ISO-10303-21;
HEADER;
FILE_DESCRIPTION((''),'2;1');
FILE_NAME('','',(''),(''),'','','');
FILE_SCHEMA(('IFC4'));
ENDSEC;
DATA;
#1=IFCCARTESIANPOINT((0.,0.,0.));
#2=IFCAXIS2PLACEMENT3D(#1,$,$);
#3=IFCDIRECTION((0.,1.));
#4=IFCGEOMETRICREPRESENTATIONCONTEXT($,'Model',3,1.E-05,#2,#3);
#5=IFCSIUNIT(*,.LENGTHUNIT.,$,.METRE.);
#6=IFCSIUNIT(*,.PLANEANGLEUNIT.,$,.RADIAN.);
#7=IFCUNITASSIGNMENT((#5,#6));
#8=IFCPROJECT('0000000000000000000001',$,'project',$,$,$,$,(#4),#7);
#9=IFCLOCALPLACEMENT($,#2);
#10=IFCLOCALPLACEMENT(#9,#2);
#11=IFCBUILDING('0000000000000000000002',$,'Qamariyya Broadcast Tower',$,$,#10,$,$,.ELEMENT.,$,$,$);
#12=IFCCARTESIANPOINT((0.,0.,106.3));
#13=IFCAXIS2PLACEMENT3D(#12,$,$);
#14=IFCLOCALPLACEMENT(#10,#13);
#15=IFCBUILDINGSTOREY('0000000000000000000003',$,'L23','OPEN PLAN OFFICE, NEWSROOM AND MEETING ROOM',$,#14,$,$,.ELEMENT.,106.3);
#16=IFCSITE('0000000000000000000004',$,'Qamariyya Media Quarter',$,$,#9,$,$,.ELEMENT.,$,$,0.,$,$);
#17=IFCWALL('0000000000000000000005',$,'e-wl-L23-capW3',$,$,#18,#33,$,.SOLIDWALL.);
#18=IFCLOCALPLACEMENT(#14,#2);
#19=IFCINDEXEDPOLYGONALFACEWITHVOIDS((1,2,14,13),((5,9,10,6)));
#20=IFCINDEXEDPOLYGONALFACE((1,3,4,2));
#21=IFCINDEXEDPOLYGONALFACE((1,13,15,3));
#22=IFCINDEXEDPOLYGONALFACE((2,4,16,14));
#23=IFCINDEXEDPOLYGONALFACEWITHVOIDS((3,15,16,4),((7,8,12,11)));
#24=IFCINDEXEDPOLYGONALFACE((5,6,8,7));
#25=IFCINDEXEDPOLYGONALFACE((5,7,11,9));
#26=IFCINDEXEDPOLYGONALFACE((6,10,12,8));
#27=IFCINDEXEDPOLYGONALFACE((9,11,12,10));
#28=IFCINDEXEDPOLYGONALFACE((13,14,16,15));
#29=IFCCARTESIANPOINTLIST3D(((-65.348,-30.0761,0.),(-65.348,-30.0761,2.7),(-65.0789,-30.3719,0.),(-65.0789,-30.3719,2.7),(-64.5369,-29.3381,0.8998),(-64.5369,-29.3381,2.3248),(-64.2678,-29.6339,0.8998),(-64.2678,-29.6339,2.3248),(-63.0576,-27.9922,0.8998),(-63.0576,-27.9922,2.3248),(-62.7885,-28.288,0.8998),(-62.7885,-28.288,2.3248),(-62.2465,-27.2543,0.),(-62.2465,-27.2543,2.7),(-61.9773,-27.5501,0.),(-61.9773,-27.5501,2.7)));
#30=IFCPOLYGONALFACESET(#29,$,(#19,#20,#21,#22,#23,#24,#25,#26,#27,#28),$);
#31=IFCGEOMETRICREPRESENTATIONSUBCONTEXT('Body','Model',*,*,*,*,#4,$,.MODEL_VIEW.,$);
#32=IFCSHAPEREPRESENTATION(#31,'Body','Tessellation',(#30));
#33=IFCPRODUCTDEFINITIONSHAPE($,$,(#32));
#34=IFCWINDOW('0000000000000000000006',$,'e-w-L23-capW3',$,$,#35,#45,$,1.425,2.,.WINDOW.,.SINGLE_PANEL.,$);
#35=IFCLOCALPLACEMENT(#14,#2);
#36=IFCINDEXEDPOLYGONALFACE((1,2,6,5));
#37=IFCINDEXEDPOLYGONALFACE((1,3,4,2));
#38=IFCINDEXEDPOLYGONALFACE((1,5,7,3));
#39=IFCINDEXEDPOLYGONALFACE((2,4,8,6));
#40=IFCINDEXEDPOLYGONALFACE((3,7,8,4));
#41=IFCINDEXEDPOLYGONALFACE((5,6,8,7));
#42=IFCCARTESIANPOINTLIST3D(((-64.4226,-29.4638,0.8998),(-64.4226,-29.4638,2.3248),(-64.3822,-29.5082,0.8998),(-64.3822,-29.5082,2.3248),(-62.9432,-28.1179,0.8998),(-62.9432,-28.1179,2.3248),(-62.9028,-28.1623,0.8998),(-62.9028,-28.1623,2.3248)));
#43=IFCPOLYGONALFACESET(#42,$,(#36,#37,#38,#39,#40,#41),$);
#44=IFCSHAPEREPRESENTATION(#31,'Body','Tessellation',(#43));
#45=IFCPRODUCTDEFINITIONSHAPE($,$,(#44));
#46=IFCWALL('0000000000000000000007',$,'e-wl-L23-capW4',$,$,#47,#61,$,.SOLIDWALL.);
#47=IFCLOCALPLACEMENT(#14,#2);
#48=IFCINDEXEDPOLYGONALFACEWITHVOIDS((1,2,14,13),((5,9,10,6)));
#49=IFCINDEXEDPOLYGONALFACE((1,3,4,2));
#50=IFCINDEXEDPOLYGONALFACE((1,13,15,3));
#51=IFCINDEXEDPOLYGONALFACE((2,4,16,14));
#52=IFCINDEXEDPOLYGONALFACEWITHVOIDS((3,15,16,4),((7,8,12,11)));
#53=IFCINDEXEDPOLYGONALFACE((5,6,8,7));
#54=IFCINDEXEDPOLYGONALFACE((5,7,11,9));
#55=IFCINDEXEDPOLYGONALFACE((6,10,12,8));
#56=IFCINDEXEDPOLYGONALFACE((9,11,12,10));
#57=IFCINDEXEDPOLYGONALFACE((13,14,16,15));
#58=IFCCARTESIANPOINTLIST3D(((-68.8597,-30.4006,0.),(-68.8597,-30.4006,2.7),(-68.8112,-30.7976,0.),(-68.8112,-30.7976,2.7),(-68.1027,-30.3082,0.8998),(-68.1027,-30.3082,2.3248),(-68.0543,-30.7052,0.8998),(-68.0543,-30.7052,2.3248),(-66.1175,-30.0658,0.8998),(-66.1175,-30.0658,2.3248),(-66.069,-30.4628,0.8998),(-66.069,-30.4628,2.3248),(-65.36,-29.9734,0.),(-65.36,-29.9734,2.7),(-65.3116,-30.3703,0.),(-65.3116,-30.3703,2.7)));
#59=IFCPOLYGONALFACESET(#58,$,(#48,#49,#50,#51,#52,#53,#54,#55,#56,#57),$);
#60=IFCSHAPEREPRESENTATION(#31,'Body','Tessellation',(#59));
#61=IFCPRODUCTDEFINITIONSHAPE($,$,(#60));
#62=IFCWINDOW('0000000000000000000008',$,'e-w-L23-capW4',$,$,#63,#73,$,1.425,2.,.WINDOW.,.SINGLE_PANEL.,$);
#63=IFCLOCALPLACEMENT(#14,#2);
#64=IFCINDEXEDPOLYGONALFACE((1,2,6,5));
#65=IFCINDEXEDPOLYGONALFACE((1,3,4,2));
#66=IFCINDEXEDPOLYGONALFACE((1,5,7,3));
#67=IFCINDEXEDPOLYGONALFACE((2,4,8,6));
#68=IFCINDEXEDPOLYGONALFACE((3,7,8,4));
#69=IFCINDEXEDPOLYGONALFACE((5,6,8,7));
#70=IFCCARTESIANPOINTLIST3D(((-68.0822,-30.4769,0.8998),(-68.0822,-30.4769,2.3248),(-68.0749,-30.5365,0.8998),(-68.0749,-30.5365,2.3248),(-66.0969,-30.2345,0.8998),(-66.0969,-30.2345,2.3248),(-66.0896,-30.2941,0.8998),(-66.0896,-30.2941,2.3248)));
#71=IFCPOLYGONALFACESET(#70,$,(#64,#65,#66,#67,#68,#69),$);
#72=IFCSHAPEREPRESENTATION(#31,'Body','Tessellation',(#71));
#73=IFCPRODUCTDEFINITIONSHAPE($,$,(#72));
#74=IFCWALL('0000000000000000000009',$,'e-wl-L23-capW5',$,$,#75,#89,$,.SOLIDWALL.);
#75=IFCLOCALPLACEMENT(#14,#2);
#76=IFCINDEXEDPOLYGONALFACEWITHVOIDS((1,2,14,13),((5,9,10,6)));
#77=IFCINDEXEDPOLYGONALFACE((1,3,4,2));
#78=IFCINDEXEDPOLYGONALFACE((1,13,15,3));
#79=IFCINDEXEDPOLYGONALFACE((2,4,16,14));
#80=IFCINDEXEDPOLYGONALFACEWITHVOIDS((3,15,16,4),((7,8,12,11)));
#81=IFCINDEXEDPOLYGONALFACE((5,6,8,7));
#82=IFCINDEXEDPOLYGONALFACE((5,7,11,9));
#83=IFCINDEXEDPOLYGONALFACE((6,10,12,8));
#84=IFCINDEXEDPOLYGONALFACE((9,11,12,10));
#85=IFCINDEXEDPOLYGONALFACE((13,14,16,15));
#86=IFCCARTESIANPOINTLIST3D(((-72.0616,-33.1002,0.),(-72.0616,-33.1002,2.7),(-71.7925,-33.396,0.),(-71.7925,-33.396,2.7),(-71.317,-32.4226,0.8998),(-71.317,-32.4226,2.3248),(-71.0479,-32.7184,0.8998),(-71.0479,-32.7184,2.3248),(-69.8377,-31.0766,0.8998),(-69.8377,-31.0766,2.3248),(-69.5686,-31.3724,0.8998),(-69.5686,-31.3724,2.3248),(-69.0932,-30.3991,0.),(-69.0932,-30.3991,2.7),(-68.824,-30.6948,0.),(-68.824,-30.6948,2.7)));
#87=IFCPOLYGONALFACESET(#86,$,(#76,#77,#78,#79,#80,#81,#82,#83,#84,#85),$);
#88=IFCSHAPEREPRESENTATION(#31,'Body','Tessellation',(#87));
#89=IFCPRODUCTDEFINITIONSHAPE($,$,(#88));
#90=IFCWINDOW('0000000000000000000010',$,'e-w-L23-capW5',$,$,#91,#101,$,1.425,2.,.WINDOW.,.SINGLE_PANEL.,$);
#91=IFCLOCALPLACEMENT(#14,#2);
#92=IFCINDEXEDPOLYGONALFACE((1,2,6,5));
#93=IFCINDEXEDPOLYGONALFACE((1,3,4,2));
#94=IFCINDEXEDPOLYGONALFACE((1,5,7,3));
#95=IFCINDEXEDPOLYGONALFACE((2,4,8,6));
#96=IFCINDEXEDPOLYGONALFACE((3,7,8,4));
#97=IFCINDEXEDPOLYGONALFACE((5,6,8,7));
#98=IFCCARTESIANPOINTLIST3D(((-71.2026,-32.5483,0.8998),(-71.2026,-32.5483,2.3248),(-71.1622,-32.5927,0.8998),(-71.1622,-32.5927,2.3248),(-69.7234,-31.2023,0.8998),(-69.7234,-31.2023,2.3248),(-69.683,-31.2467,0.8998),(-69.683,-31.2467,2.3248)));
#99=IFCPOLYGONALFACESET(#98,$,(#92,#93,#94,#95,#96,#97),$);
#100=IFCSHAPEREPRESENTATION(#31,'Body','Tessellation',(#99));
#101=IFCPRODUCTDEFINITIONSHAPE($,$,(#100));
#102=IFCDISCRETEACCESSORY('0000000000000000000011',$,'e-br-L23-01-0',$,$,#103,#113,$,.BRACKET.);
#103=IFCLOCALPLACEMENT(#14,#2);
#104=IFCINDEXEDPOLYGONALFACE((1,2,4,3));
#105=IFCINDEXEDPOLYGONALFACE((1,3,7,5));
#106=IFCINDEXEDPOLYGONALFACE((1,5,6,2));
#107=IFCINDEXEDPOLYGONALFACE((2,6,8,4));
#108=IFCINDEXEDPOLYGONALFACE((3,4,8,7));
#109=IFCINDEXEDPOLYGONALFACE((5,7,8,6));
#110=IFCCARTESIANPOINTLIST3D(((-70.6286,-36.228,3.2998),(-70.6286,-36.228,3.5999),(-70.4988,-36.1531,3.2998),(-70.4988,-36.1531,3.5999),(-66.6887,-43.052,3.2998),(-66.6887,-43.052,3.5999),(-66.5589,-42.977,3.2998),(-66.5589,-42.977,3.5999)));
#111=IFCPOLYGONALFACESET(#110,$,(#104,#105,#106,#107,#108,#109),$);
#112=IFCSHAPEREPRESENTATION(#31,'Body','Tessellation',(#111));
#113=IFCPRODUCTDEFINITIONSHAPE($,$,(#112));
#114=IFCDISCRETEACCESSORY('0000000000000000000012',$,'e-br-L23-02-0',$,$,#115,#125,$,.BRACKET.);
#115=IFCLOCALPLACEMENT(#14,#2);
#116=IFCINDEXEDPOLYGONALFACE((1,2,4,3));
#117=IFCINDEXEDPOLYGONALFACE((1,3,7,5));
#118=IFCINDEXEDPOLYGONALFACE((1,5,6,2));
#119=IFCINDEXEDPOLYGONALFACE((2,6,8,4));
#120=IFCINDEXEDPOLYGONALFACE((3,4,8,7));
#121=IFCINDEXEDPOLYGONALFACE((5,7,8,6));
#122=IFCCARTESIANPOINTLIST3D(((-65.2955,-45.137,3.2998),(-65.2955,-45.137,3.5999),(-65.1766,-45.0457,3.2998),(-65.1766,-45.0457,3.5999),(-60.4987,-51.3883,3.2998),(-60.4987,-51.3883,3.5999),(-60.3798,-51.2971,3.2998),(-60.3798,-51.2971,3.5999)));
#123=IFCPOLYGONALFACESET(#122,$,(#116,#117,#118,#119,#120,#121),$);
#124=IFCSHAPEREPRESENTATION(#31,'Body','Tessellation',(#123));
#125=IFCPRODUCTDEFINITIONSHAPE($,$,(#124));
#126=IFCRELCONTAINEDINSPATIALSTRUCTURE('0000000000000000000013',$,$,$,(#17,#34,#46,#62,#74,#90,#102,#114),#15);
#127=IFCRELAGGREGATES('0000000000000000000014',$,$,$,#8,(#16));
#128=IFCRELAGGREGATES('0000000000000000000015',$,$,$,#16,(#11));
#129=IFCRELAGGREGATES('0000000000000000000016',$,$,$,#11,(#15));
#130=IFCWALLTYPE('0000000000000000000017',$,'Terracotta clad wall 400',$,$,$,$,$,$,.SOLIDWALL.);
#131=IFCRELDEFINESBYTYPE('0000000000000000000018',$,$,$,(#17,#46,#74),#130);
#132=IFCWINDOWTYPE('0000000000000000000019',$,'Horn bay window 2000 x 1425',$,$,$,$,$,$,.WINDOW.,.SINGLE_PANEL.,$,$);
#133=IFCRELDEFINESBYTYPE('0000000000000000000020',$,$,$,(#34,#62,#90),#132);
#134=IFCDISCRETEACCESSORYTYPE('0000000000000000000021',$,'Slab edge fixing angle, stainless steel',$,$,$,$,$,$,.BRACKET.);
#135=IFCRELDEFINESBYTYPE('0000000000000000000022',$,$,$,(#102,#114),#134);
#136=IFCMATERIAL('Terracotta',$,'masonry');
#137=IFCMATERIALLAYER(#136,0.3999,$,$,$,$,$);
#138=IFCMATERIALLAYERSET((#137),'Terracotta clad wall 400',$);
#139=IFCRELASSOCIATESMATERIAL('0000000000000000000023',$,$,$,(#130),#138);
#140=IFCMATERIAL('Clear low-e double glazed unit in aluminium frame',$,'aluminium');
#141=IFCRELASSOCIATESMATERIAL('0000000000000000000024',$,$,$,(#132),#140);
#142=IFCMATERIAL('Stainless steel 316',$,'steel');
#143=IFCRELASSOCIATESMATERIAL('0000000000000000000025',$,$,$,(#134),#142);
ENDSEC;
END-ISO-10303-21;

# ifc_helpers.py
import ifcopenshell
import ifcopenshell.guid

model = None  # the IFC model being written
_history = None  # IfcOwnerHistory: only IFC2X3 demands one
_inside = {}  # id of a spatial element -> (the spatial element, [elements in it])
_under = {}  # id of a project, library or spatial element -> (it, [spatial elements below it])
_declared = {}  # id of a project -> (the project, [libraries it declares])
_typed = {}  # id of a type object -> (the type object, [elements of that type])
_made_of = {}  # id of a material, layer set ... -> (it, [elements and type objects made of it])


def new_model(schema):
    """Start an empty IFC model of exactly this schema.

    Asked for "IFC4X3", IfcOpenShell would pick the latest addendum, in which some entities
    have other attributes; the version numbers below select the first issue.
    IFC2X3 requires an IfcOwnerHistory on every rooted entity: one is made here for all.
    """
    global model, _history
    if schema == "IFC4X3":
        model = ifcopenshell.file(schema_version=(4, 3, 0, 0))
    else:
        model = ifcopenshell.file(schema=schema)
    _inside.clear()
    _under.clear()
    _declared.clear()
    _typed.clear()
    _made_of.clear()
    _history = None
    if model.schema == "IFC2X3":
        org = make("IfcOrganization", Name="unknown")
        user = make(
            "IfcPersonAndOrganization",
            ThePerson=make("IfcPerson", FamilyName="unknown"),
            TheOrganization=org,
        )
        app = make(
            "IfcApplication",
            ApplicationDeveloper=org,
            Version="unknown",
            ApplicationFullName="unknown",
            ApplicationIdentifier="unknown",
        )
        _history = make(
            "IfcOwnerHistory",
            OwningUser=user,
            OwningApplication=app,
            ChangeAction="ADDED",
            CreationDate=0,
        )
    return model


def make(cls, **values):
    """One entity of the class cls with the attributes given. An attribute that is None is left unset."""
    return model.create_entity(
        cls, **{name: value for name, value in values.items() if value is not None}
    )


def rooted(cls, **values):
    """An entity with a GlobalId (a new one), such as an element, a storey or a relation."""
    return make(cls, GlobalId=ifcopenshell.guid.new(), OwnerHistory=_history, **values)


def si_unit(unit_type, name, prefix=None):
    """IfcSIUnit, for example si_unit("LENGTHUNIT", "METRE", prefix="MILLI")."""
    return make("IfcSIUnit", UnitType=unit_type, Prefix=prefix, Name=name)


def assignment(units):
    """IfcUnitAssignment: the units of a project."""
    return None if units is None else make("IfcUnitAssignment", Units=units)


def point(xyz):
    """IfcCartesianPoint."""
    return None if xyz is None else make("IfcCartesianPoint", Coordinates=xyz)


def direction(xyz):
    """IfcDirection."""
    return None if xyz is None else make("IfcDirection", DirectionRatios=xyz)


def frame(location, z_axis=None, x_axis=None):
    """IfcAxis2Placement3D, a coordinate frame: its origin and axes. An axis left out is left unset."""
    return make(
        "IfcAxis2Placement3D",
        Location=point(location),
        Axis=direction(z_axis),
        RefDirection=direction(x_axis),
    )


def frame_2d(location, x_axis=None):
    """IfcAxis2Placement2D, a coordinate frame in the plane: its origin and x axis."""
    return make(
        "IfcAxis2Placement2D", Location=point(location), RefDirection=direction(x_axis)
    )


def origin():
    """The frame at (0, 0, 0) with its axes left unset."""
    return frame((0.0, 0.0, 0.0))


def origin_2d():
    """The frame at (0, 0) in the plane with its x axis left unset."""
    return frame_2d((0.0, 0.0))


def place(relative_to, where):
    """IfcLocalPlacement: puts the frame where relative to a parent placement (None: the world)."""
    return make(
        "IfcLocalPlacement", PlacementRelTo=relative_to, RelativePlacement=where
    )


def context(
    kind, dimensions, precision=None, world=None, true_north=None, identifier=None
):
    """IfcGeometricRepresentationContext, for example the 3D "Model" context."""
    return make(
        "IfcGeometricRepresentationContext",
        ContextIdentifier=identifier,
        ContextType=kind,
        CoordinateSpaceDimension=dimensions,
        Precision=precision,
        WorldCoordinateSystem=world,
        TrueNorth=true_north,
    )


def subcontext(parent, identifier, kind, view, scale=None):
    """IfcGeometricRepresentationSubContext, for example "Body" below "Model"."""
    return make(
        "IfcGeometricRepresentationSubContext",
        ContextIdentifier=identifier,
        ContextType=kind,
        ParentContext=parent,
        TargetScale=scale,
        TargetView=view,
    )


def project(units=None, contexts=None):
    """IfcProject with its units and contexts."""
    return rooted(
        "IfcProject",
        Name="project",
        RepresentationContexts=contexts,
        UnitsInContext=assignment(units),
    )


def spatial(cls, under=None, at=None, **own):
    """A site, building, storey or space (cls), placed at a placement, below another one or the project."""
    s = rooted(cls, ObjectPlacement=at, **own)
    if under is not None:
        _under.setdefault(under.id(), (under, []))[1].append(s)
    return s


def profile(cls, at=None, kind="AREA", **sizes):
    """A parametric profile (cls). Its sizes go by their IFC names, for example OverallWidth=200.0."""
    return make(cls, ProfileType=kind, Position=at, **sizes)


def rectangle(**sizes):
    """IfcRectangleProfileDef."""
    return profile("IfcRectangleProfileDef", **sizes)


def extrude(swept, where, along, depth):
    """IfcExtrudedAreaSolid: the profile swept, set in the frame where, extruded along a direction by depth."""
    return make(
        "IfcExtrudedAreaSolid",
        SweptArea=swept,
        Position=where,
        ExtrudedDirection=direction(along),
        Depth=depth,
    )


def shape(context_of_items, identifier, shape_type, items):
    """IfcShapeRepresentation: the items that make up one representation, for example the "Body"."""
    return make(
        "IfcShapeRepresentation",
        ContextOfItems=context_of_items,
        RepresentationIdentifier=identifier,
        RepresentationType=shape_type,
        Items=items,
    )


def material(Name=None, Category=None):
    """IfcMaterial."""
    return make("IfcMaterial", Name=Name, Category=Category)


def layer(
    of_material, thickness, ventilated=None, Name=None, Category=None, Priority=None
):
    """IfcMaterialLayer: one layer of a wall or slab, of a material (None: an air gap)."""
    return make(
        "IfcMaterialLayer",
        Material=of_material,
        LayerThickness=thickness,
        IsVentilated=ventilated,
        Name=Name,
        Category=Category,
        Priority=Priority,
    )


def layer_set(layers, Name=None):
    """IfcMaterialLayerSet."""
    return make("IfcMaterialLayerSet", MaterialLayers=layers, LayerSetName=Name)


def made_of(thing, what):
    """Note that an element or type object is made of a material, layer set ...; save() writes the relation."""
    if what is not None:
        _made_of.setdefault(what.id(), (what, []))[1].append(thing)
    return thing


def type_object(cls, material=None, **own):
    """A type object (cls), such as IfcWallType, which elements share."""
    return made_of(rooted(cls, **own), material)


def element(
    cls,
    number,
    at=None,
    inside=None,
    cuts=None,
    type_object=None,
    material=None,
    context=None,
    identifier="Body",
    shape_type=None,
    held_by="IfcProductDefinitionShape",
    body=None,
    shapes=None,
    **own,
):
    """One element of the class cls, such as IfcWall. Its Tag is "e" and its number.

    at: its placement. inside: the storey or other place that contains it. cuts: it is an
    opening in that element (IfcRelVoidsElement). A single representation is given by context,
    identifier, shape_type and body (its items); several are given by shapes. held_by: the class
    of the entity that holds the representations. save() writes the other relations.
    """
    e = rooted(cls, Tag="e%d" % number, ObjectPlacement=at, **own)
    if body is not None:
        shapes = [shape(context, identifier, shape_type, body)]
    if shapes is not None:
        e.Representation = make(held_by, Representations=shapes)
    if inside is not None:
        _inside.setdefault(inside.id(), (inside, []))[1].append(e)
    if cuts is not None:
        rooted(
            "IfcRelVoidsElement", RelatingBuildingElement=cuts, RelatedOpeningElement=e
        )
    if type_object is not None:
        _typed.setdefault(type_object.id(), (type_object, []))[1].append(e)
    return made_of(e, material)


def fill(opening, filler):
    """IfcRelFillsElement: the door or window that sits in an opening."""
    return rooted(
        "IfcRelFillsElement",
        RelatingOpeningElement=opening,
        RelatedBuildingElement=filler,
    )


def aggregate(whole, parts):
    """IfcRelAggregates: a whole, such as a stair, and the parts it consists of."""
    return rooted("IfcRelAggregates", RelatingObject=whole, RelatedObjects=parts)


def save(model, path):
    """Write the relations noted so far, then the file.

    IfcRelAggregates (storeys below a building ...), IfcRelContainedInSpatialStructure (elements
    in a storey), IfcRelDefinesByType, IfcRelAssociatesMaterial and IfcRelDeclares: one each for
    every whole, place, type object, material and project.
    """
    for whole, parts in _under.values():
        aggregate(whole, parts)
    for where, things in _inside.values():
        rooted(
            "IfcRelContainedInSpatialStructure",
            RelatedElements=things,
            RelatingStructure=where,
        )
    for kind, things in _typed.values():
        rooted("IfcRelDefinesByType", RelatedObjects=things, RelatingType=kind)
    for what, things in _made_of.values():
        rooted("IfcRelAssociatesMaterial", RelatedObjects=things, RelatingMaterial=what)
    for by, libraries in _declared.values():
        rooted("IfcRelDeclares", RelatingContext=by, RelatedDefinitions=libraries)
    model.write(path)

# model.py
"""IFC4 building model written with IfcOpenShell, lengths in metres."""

from ifc_helpers import new_model, si_unit, direction, frame, frame_2d, origin, origin_2d, place, context, subcontext, project, spatial, rectangle, extrude, material, layer, layer_set, type_object, element, fill, save


model = new_model("IFC4")

# Units and contexts
model_context = context("Model", 3, precision=1e-05, world=origin(), true_north=direction((0.0, 1.0)))
body_context = subcontext(model_context, "Body", "Model", "MODEL_VIEW")
ifc_project = project(units=[si_unit("LENGTHUNIT", "METRE"), si_unit("PLANEANGLEUNIT", "RADIAN")], contexts=[model_context])

# Site, building, storey
site_placement = place(None, origin())
site = spatial("IfcSite", under=ifc_project, at=site_placement, Name="Qamariyya Media Quarter", CompositionType="ELEMENT", RefElevation=0.0)
building_placement = place(site_placement, origin())
building = spatial("IfcBuilding", under=site, at=building_placement, Name="Qamariyya Broadcast Tower", CompositionType="ELEMENT")
storey_placement = place(building_placement, frame((0.0, 0.0, 106.3)))
storey = spatial("IfcBuildingStorey", under=building, at=storey_placement, Name="L23", Description="OPEN PLAN OFFICE, NEWSROOM AND MEETING ROOM", CompositionType="ELEMENT", Elevation=106.3)

# Walls, openings, windows
ifc_material_1 = material(Name="Terracotta", Category="masonry")
ifc_layer = layer(ifc_material_1, 0.3999)
ifc_layer_set = layer_set([ifc_layer], Name="Terracotta clad wall 400")
wall_type = type_object("IfcWallType", Name="Terracotta clad wall 400", PredefinedType="SOLIDWALL", material=ifc_layer_set)
ifc_material_2 = material(Name="Clear low-e double glazed unit in aluminium frame", Category="aluminium")
window_type = type_object("IfcWindowType", Name="Horn bay window 2000 x 1425", PartitioningType="SINGLE_PANEL", PredefinedType="WINDOW", material=ifc_material_2)
wall_1_placement = place(storey_placement, frame((-62.1118, -27.4021, 0.0), z_axis=(0.0, 0.0, 1.0), x_axis=(-0.739682, -0.672957, 0.0)))
wall_1 = element("IfcWall", 1, at=wall_1_placement, inside=storey, type_object=wall_type, Name="e-wl-L23-capW3", PredefinedType="SOLIDWALL", context=body_context, shape_type="SweptSolid", body=[
    extrude(rectangle(XDim=4.1931, YDim=0.3999, at=frame_2d((2.0967, 0.0))), origin(), (0.0, 0.0, 1.0), 2.7),
])
opening_1_placement = place(wall_1_placement, frame((1.0967, 0.0, 0.8999)))
opening_1 = element("IfcOpeningElement", 2, at=opening_1_placement, cuts=wall_1, PredefinedType="OPENING", context=body_context, shape_type="SweptSolid", body=[
    extrude(rectangle(XDim=2.0, YDim=1.425, at=frame_2d((1.0, 0.7124))), frame((0.0, 0.21, 0.0), z_axis=(0.0, -1.0, 0.0), x_axis=(1.0, 0.0, 0.0)), (0.0, 0.0, 1.0), 0.4199),
])
window_1_placement = place(opening_1_placement, origin())
window_1 = element("IfcWindow", 3, at=window_1_placement, inside=storey, type_object=window_type, Name="e-w-L23-capW3", OverallHeight=1.425, OverallWidth=2.0, PartitioningType="SINGLE_PANEL", PredefinedType="WINDOW", context=body_context, shape_type="SweptSolid", body=[
    extrude(rectangle(XDim=2.0, YDim=1.425, at=frame_2d((1.0, 0.7124))), frame((0.0, 0.03, 0.0), z_axis=(0.0, -1.0, 0.0), x_axis=(1.0, 0.0, 0.0)), (0.0, 0.0, 1.0), 0.0601),
])
fill(opening_1, window_1)
wall_2_placement = place(storey_placement, frame((-65.3359, -30.1719, 0.0), z_axis=(0.0, 0.0, 1.0), x_axis=(-0.992631, -0.121179, 0.0)))
wall_2 = element("IfcWall", 4, at=wall_2_placement, inside=storey, type_object=wall_type, Name="e-wl-L23-capW4", PredefinedType="SOLIDWALL", context=body_context, shape_type="SweptSolid", body=[
    extrude(rectangle(XDim=3.5256, YDim=0.3999, at=frame_2d((1.7627, 0.0))), origin(), (0.0, 0.0, 1.0), 2.7),
])
opening_2_placement = place(wall_2_placement, frame((0.7629, 0.0, 0.8999)))
opening_2 = element("IfcOpeningElement", 5, at=opening_2_placement, cuts=wall_2, PredefinedType="OPENING", context=body_context, shape_type="SweptSolid", body=[
    extrude(rectangle(XDim=2.0, YDim=1.425, at=frame_2d((1.0, 0.7124))), frame((0.0, 0.21, 0.0), z_axis=(0.0, -1.0, 0.0), x_axis=(1.0, 0.0, 0.0)), (0.0, 0.0, 1.0), 0.4199),
])
window_2_placement = place(opening_2_placement, origin())
window_2 = element("IfcWindow", 6, at=window_2_placement, inside=storey, type_object=window_type, Name="e-w-L23-capW4", OverallHeight=1.425, OverallWidth=2.0, PartitioningType="SINGLE_PANEL", PredefinedType="WINDOW", context=body_context, shape_type="SweptSolid", body=[
    extrude(rectangle(XDim=2.0, YDim=1.425, at=frame_2d((1.0, 0.7124))), frame((0.0, 0.03, 0.0), z_axis=(0.0, -1.0, 0.0), x_axis=(1.0, 0.0, 0.0)), (0.0, 0.0, 1.0), 0.0601),
])
fill(opening_2, window_2)
wall_3_placement = place(storey_placement, frame((-68.9585, -30.5469, 0.0), z_axis=(0.0, 0.0, 1.0), x_axis=(-0.739626, -0.673018, 0.0)))
wall_3 = element("IfcWall", 7, at=wall_3_placement, inside=storey, type_object=wall_type, Name="e-wl-L23-capW5", PredefinedType="SOLIDWALL", context=body_context, shape_type="SweptSolid", body=[
    extrude(rectangle(XDim=4.0134, YDim=0.3999, at=frame_2d((2.0068, 0.0))), origin(), (0.0, 0.0, 1.0), 2.7),
])
opening_3_placement = place(wall_3_placement, frame((1.0068, 0.0, 0.8999)))
opening_3 = element("IfcOpeningElement", 8, at=opening_3_placement, cuts=wall_3, PredefinedType="OPENING", context=body_context, shape_type="SweptSolid", body=[
    extrude(rectangle(XDim=2.0, YDim=1.425, at=frame_2d((1.0, 0.7124))), frame((0.0, 0.21, 0.0), z_axis=(0.0, -1.0, 0.0), x_axis=(1.0, 0.0, 0.0)), (0.0, 0.0, 1.0), 0.4199),
])
window_3_placement = place(opening_3_placement, origin())
window_3 = element("IfcWindow", 9, at=window_3_placement, inside=storey, type_object=window_type, Name="e-w-L23-capW5", OverallHeight=1.425, OverallWidth=2.0, PartitioningType="SINGLE_PANEL", PredefinedType="WINDOW", context=body_context, shape_type="SweptSolid", body=[
    extrude(rectangle(XDim=2.0, YDim=1.425, at=frame_2d((1.0, 0.7124))), frame((0.0, 0.03, 0.0), z_axis=(0.0, -1.0, 0.0), x_axis=(1.0, 0.0, 0.0)), (0.0, 0.0, 1.0), 0.0601),
])
fill(opening_3, window_3)

# Discrete accessories
ifc_material_3 = material(Name="Stainless steel 316", Category="steel")
discrete_accessory_type = type_object("IfcDiscreteAccessoryType", Name="Slab edge fixing angle, stainless steel", PredefinedType="BRACKET", material=ifc_material_3)
for number, where, z_axis, x_axis, name in (
    (10, (-68.5938, -39.6025, 3.2998), (0.0, 0.0, 1.0), (0.5, -0.866025, 0.0), "e-br-L23-01-0"),
    (11, (-62.8376, -48.217, 3.2998), (0.0, 0.0, 1.0), (0.608761, -0.793353, 0.0), "e-br-L23-02-0"),
):
    element("IfcDiscreteAccessory", number, at=place(storey_placement, frame(where, z_axis=z_axis, x_axis=x_axis)), inside=storey, type_object=discrete_accessory_type, Name=name, PredefinedType="BRACKET", context=body_context, shape_type="SweptSolid", body=[
        extrude(rectangle(XDim=7.8796, YDim=0.1499, at=origin_2d()), origin(), (0.0, 0.0, 1.0), 0.3),
    ])

save(model, "model.ifc")
